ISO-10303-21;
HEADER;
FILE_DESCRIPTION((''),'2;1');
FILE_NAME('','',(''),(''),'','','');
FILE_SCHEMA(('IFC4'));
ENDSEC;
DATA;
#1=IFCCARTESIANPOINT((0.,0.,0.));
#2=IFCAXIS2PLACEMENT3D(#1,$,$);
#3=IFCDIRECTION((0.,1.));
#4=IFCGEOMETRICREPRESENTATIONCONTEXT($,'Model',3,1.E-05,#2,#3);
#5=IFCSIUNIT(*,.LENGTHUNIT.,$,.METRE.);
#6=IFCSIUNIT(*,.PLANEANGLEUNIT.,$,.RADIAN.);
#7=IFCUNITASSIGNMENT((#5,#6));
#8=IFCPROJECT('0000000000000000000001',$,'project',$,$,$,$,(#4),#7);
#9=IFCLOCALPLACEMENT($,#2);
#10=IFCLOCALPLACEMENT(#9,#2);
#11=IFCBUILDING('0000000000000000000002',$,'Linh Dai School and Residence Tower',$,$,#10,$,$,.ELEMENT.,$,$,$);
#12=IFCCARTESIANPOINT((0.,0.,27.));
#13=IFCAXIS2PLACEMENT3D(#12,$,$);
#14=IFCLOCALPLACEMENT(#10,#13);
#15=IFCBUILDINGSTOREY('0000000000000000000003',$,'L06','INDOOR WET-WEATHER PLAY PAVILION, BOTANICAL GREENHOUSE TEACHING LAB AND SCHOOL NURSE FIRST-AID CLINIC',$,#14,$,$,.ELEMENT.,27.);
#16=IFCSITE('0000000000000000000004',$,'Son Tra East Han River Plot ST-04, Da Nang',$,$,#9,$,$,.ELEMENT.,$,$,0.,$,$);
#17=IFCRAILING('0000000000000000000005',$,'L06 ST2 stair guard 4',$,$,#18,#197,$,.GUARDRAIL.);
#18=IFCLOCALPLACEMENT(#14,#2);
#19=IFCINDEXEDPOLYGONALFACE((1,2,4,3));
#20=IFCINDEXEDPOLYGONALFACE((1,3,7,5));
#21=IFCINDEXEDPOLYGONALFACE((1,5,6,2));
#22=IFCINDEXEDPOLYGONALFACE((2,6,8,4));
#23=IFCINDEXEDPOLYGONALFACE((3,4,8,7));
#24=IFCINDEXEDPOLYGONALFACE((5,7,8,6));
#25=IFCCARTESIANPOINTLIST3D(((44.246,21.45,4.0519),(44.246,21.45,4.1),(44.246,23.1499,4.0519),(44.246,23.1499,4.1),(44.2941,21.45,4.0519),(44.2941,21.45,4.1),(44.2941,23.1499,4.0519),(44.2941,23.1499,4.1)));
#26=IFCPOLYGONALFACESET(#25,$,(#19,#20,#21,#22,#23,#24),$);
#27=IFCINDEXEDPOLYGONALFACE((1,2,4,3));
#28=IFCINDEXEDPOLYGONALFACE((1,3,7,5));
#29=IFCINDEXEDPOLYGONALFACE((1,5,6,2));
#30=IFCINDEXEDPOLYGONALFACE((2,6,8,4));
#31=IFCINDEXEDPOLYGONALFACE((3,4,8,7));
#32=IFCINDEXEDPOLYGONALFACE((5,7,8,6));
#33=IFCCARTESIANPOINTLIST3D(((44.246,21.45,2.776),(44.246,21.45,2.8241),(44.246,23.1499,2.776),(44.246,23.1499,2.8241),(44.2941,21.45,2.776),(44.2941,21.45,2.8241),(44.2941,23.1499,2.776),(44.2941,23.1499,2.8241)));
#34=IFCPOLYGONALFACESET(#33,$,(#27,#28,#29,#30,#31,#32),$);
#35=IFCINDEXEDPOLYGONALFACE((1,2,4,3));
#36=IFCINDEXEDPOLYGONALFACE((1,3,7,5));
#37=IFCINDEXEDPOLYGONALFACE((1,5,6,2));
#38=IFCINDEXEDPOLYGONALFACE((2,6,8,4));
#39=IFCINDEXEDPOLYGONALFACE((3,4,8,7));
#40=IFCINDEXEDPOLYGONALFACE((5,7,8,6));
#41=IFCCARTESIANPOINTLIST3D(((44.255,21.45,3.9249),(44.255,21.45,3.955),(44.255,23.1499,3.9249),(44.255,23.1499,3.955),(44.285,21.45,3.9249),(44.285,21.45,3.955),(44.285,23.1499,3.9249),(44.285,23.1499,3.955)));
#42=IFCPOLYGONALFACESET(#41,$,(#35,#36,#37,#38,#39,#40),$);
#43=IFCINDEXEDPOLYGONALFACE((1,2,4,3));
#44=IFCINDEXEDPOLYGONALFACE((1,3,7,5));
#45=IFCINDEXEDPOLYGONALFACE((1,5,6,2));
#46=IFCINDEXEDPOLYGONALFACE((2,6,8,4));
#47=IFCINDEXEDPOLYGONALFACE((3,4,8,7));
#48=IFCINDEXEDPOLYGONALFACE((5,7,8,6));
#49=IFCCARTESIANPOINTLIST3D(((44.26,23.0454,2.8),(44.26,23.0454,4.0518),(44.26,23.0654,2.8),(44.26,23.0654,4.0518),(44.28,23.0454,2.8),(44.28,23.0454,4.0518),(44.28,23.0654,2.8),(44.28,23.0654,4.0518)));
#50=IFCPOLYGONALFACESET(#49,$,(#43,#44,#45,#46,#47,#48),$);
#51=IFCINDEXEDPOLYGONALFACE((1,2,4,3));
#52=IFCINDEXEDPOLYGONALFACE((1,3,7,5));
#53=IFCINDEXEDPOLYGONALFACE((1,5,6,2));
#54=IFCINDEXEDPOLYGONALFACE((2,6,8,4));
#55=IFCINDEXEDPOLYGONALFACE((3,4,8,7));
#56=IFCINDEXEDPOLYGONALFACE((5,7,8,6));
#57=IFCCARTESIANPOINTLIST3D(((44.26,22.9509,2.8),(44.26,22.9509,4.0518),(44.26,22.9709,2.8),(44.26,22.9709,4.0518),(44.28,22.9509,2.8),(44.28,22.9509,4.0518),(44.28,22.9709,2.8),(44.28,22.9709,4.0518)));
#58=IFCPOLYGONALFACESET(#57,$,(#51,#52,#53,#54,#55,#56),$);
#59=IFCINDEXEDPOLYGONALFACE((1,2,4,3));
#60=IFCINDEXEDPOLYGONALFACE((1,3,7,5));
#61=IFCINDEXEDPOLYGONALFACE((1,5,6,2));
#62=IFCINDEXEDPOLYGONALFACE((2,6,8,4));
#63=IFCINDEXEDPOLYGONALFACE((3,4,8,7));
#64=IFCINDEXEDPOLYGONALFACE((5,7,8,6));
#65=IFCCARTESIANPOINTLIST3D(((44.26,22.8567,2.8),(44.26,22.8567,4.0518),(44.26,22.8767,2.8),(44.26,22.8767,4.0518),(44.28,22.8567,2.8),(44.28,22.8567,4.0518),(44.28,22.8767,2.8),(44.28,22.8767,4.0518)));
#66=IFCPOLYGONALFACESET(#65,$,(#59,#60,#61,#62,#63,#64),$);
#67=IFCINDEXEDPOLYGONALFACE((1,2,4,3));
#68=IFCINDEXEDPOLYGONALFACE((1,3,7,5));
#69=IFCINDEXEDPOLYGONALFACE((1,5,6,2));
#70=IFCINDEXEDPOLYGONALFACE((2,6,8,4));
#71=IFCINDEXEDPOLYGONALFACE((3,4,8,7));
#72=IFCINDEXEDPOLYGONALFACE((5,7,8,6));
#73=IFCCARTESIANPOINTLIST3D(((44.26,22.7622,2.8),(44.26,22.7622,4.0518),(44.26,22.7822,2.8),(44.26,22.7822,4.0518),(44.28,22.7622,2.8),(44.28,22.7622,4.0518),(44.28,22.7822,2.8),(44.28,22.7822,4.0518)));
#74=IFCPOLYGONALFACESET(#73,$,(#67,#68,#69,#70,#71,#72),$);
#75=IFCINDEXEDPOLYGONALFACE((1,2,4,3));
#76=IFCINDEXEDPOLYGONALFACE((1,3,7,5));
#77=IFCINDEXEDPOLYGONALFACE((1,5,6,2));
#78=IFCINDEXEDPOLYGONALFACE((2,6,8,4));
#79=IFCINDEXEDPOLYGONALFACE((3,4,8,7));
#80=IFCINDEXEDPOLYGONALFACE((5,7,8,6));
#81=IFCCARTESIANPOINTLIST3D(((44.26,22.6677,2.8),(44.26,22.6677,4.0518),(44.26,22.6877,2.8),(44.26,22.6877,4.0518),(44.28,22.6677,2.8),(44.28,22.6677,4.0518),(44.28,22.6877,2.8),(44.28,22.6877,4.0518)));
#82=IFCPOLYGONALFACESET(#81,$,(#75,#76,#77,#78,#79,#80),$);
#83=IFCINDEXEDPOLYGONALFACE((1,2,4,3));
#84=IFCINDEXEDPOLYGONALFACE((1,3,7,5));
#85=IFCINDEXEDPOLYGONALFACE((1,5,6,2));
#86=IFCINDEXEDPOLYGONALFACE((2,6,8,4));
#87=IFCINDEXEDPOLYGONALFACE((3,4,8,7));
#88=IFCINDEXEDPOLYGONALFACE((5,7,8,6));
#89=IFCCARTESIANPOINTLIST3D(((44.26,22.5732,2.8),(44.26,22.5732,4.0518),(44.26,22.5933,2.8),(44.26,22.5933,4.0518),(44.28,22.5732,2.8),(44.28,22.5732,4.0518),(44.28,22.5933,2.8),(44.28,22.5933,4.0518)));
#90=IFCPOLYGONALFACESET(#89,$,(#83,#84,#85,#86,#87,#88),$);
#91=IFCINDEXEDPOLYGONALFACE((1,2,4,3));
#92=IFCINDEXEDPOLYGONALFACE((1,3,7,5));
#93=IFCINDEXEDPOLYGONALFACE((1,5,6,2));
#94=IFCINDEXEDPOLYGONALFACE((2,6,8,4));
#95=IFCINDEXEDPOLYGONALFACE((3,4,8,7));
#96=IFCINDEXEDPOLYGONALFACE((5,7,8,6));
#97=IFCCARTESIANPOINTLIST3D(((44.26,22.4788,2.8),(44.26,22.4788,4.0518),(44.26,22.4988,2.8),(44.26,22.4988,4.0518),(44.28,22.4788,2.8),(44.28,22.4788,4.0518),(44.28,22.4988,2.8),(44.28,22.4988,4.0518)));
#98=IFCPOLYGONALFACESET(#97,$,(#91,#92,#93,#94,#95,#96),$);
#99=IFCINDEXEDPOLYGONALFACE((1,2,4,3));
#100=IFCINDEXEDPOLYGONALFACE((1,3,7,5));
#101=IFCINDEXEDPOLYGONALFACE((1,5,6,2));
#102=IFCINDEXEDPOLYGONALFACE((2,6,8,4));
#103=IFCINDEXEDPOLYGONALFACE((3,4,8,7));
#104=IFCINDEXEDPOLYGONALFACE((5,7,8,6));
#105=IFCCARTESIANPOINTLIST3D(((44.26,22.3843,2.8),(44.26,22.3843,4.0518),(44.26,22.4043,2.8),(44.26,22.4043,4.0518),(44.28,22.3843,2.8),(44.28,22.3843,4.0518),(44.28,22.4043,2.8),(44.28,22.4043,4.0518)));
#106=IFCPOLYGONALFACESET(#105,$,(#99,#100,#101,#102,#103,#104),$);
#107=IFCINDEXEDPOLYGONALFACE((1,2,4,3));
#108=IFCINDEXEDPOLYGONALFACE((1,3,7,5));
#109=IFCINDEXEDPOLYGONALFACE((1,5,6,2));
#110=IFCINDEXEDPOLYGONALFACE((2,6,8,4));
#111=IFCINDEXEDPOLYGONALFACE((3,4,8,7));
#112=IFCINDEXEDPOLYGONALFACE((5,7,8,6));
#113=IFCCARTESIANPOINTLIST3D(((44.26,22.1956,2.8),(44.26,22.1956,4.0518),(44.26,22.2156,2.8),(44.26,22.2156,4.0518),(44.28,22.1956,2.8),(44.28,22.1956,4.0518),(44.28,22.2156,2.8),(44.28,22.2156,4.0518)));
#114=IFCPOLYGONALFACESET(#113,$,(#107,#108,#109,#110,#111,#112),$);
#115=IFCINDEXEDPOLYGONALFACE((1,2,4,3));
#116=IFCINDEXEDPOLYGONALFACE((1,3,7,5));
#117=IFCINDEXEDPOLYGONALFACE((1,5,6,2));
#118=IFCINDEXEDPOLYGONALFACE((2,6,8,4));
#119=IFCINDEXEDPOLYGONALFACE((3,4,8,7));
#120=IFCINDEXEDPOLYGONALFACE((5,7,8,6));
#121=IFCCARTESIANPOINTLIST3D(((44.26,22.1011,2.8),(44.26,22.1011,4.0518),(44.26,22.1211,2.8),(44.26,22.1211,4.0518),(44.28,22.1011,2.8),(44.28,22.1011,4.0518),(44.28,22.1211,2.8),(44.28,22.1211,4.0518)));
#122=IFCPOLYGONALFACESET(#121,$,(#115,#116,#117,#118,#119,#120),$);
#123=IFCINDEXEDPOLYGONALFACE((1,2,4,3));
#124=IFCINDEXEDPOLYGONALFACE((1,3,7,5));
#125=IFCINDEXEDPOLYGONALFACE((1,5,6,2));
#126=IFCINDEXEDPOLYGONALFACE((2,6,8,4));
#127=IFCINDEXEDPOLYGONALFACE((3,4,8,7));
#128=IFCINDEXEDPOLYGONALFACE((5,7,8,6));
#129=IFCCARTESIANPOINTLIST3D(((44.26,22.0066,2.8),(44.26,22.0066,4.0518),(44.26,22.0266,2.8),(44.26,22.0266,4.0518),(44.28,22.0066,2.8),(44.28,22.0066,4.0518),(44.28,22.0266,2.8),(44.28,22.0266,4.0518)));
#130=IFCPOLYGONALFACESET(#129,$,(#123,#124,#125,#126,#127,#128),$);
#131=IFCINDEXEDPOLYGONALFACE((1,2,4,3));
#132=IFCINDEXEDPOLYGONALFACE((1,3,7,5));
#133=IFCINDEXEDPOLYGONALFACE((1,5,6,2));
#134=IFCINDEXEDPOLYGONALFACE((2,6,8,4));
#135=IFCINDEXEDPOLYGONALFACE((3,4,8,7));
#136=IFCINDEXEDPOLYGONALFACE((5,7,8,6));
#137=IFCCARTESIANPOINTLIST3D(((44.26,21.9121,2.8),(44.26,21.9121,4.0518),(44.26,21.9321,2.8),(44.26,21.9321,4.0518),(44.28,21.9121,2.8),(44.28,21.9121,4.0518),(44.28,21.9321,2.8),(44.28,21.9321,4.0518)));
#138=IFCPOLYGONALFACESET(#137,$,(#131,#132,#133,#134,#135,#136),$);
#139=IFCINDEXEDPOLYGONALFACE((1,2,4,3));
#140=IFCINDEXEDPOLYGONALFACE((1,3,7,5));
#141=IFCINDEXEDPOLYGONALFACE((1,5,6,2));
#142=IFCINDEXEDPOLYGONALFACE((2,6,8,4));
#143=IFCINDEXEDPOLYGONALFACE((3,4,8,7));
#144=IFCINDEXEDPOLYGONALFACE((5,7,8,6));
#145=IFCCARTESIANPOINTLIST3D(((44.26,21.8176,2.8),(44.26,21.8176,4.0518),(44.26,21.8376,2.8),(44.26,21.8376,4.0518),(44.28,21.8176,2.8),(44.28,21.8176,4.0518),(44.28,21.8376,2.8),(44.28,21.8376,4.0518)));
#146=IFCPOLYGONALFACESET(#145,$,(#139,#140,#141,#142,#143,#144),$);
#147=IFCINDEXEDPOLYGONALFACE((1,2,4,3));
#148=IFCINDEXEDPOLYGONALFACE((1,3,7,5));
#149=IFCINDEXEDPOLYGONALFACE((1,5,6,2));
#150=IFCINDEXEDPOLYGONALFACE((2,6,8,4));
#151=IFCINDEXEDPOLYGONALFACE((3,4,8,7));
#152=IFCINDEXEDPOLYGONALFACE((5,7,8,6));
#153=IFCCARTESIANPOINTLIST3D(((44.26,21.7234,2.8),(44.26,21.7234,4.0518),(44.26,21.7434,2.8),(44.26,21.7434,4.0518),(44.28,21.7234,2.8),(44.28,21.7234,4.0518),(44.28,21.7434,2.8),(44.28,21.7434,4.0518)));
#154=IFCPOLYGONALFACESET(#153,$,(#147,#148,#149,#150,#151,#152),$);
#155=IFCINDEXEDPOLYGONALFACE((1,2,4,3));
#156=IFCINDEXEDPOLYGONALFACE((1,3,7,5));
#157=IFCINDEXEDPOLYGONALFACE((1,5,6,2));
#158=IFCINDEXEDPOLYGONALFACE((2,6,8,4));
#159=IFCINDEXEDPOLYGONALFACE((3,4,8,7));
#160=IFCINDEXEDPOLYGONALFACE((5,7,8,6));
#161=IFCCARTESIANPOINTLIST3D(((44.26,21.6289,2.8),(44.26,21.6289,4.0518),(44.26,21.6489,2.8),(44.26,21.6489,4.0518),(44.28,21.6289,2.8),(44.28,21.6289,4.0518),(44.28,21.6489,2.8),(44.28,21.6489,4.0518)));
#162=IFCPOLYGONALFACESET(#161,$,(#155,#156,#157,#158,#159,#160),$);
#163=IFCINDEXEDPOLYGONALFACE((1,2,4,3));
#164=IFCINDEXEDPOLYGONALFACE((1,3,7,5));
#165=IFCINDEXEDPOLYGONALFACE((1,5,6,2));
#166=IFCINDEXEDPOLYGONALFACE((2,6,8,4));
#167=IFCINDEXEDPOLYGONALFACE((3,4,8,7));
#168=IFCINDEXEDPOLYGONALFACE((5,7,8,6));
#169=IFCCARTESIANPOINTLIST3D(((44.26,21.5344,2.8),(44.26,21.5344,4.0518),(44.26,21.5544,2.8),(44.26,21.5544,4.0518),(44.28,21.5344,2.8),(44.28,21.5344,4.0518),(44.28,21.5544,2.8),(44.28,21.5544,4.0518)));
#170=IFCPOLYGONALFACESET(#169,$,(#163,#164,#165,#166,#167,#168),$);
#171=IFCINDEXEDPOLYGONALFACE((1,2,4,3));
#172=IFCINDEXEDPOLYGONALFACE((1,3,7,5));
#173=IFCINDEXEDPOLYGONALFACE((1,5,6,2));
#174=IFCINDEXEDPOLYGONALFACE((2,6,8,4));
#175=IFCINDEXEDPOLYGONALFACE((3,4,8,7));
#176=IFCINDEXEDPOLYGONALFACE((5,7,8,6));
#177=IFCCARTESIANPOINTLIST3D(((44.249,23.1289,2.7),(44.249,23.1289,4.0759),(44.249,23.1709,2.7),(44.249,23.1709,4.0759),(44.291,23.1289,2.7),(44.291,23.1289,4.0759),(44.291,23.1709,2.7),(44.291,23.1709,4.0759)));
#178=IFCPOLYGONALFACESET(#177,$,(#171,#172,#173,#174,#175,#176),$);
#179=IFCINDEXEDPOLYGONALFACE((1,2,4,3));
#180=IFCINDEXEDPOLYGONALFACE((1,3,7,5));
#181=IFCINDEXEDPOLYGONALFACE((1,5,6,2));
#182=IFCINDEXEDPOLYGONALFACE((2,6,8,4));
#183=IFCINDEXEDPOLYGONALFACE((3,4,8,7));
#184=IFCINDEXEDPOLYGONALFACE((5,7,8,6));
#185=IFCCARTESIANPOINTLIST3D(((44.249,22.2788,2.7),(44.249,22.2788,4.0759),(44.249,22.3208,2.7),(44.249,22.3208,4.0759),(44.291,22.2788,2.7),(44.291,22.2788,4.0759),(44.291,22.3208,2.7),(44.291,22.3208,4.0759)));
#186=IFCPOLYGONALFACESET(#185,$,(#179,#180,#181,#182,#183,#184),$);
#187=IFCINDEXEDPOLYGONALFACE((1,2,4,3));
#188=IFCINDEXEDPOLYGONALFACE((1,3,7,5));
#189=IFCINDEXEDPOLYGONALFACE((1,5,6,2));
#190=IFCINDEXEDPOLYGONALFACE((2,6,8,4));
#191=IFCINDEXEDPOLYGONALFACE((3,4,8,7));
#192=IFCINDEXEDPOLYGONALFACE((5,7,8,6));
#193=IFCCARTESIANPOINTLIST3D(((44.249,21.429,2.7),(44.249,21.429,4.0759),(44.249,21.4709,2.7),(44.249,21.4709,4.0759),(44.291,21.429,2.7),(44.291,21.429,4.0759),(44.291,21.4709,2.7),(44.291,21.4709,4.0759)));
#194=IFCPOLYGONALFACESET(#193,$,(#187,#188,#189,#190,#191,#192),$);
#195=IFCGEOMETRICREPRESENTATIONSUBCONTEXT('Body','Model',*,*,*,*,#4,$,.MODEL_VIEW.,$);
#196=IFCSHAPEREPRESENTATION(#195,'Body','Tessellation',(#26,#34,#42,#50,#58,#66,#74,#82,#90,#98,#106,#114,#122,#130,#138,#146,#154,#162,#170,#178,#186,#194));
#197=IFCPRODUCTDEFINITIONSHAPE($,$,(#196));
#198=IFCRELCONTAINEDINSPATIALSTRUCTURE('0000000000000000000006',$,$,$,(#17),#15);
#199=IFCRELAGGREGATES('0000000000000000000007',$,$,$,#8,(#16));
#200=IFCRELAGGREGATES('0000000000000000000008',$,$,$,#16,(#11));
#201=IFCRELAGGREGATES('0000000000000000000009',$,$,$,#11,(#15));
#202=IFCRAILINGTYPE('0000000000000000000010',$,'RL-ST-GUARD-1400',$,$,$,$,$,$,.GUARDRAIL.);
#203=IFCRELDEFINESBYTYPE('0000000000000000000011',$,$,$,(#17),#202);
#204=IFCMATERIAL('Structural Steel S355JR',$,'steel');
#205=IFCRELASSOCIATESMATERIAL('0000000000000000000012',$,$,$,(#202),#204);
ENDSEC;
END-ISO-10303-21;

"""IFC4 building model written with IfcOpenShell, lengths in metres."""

from ifc_helpers import new_model, si_unit, direction, frame, origin, origin_2d, place, context, subcontext, project, spatial, rectangle, extrude, source, transform, mapped, material, type_object, element, save


model = new_model("IFC4")

# Units and contexts
model_context = context("Model", 3, precision=1e-05, world=origin(), true_north=direction((0.0, 1.0)))
body_context = subcontext(model_context, "Body", "Model", "MODEL_VIEW")
ifc_project = project(units=[si_unit("LENGTHUNIT", "METRE"), si_unit("PLANEANGLEUNIT", "RADIAN")], contexts=[model_context])

# Site, building, storey
site_placement = place(None, origin())
site = spatial("IfcSite", under=ifc_project, at=site_placement, Name="Son Tra East Han River Plot ST-04, Da Nang", CompositionType="ELEMENT", RefElevation=0.0)
building_placement = place(site_placement, origin())
building = spatial("IfcBuilding", under=site, at=building_placement, Name="Linh Dai School and Residence Tower", CompositionType="ELEMENT")
storey_placement = place(building_placement, frame((0.0, 0.0, 27.0)))
storey = spatial("IfcBuildingStorey", under=building, at=storey_placement, Name="L06", Description="INDOOR WET-WEATHER PLAY PAVILION, BOTANICAL GREENHOUSE TEACHING LAB AND SCHOOL NURSE FIRST-AID CLINIC", CompositionType="ELEMENT", Elevation=27.0)

# Shared definitions
ifc_material_1 = material(Name="Structural Steel S355JR", Category="steel")

# Railing
railing_type_1 = type_object("IfcRailingType", Name="RL-ST-GUARD-1400", PredefinedType="GUARDRAIL", material=ifc_material_1)
shared_shape_1 = source(origin(), body_context, "Body", "SweptSolid", [
    extrude(rectangle(XDim=0.0481, YDim=0.0481, at=origin_2d()), frame((0.0, 0.0, 1.376), z_axis=(0.0, -1.0, 0.0), x_axis=(1.0, 0.0, 0.0)), (0.0, 0.0, 1.0), 1.7),
    extrude(rectangle(XDim=0.0481, YDim=0.0481, at=origin_2d()), frame((0.0, 0.0, 0.1001), z_axis=(0.0, -1.0, 0.0), x_axis=(1.0, 0.0, 0.0)), (0.0, 0.0, 1.0), 1.7),
    extrude(rectangle(XDim=0.03, YDim=0.03, at=origin_2d()), frame((0.0, 0.0, 1.24), z_axis=(0.0, -1.0, 0.0), x_axis=(1.0, 0.0, 0.0)), (0.0, 0.0, 1.0), 1.7),
    extrude(rectangle(XDim=0.02, YDim=0.02, at=origin_2d()), frame((0.0, -0.0945, 0.1001)), (0.0, 0.0, 1.0), 1.2517),
    extrude(rectangle(XDim=0.02, YDim=0.02, at=origin_2d()), frame((0.0, -0.189, 0.1001)), (0.0, 0.0, 1.0), 1.2517),
    extrude(rectangle(XDim=0.02, YDim=0.02, at=origin_2d()), frame((0.0, -0.2832, 0.1001)), (0.0, 0.0, 1.0), 1.2517),
    extrude(rectangle(XDim=0.02, YDim=0.02, at=origin_2d()), frame((0.0, -0.3777, 0.1001)), (0.0, 0.0, 1.0), 1.2517),
    extrude(rectangle(XDim=0.02, YDim=0.02, at=origin_2d()), frame((0.0, -0.4722, 0.1001)), (0.0, 0.0, 1.0), 1.2517),
    extrude(rectangle(XDim=0.02, YDim=0.02, at=origin_2d()), frame((0.0, -0.5667, 0.1001)), (0.0, 0.0, 1.0), 1.2517),
    extrude(rectangle(XDim=0.02, YDim=0.02, at=origin_2d()), frame((0.0, -0.6611, 0.1001)), (0.0, 0.0, 1.0), 1.2517),
    extrude(rectangle(XDim=0.02, YDim=0.02, at=origin_2d()), frame((0.0, -0.7556, 0.1001)), (0.0, 0.0, 1.0), 1.2517),
    extrude(rectangle(XDim=0.02, YDim=0.02, at=origin_2d()), frame((0.0, -0.9443, 0.1001)), (0.0, 0.0, 1.0), 1.2517),
    extrude(rectangle(XDim=0.02, YDim=0.02, at=origin_2d()), frame((0.0, -1.0388, 0.1001)), (0.0, 0.0, 1.0), 1.2517),
    extrude(rectangle(XDim=0.02, YDim=0.02, at=origin_2d()), frame((0.0, -1.1333, 0.1001)), (0.0, 0.0, 1.0), 1.2517),
    extrude(rectangle(XDim=0.02, YDim=0.02, at=origin_2d()), frame((0.0, -1.2278, 0.1001)), (0.0, 0.0, 1.0), 1.2517),
    extrude(rectangle(XDim=0.02, YDim=0.02, at=origin_2d()), frame((0.0, -1.3223, 0.1001)), (0.0, 0.0, 1.0), 1.2517),
    extrude(rectangle(XDim=0.02, YDim=0.02, at=origin_2d()), frame((0.0, -1.4165, 0.1001)), (0.0, 0.0, 1.0), 1.2517),
    extrude(rectangle(XDim=0.02, YDim=0.02, at=origin_2d()), frame((0.0, -1.511, 0.1001)), (0.0, 0.0, 1.0), 1.2517),
    extrude(rectangle(XDim=0.02, YDim=0.02, at=origin_2d()), frame((0.0, -1.6055, 0.1001)), (0.0, 0.0, 1.0), 1.2517),
    extrude(rectangle(XDim=0.042, YDim=0.042, at=origin_2d()), origin(), (0.0, 0.0, 1.0), 1.376),
    extrude(rectangle(XDim=0.042, YDim=0.042, at=origin_2d()), frame((0.0, -0.8501, 0.0)), (0.0, 0.0, 1.0), 1.376),
    extrude(rectangle(XDim=0.042, YDim=0.042, at=origin_2d()), frame((0.0, -1.7, 0.0)), (0.0, 0.0, 1.0), 1.376),
])
for number, where, name in (
    (1, (44.27, 23.1499, 2.7), "L06 ST2 stair guard 4"),
):
    element("IfcRailing", number, at=place(storey_placement, frame(where)), inside=storey, type_object=railing_type_1, Name=name, PredefinedType="GUARDRAIL", context=body_context, shape_type="MappedRepresentation", body=[
        mapped(shared_shape_1, transform((0.0, 0.0, 0.0), x_axis=(1.0, 0.0, 0.0), y_axis=(0.0, 1.0, 0.0), z_axis=(0.0, 0.0, 1.0), scale=1.0)),
    ])

save(model, "model.ifc")
